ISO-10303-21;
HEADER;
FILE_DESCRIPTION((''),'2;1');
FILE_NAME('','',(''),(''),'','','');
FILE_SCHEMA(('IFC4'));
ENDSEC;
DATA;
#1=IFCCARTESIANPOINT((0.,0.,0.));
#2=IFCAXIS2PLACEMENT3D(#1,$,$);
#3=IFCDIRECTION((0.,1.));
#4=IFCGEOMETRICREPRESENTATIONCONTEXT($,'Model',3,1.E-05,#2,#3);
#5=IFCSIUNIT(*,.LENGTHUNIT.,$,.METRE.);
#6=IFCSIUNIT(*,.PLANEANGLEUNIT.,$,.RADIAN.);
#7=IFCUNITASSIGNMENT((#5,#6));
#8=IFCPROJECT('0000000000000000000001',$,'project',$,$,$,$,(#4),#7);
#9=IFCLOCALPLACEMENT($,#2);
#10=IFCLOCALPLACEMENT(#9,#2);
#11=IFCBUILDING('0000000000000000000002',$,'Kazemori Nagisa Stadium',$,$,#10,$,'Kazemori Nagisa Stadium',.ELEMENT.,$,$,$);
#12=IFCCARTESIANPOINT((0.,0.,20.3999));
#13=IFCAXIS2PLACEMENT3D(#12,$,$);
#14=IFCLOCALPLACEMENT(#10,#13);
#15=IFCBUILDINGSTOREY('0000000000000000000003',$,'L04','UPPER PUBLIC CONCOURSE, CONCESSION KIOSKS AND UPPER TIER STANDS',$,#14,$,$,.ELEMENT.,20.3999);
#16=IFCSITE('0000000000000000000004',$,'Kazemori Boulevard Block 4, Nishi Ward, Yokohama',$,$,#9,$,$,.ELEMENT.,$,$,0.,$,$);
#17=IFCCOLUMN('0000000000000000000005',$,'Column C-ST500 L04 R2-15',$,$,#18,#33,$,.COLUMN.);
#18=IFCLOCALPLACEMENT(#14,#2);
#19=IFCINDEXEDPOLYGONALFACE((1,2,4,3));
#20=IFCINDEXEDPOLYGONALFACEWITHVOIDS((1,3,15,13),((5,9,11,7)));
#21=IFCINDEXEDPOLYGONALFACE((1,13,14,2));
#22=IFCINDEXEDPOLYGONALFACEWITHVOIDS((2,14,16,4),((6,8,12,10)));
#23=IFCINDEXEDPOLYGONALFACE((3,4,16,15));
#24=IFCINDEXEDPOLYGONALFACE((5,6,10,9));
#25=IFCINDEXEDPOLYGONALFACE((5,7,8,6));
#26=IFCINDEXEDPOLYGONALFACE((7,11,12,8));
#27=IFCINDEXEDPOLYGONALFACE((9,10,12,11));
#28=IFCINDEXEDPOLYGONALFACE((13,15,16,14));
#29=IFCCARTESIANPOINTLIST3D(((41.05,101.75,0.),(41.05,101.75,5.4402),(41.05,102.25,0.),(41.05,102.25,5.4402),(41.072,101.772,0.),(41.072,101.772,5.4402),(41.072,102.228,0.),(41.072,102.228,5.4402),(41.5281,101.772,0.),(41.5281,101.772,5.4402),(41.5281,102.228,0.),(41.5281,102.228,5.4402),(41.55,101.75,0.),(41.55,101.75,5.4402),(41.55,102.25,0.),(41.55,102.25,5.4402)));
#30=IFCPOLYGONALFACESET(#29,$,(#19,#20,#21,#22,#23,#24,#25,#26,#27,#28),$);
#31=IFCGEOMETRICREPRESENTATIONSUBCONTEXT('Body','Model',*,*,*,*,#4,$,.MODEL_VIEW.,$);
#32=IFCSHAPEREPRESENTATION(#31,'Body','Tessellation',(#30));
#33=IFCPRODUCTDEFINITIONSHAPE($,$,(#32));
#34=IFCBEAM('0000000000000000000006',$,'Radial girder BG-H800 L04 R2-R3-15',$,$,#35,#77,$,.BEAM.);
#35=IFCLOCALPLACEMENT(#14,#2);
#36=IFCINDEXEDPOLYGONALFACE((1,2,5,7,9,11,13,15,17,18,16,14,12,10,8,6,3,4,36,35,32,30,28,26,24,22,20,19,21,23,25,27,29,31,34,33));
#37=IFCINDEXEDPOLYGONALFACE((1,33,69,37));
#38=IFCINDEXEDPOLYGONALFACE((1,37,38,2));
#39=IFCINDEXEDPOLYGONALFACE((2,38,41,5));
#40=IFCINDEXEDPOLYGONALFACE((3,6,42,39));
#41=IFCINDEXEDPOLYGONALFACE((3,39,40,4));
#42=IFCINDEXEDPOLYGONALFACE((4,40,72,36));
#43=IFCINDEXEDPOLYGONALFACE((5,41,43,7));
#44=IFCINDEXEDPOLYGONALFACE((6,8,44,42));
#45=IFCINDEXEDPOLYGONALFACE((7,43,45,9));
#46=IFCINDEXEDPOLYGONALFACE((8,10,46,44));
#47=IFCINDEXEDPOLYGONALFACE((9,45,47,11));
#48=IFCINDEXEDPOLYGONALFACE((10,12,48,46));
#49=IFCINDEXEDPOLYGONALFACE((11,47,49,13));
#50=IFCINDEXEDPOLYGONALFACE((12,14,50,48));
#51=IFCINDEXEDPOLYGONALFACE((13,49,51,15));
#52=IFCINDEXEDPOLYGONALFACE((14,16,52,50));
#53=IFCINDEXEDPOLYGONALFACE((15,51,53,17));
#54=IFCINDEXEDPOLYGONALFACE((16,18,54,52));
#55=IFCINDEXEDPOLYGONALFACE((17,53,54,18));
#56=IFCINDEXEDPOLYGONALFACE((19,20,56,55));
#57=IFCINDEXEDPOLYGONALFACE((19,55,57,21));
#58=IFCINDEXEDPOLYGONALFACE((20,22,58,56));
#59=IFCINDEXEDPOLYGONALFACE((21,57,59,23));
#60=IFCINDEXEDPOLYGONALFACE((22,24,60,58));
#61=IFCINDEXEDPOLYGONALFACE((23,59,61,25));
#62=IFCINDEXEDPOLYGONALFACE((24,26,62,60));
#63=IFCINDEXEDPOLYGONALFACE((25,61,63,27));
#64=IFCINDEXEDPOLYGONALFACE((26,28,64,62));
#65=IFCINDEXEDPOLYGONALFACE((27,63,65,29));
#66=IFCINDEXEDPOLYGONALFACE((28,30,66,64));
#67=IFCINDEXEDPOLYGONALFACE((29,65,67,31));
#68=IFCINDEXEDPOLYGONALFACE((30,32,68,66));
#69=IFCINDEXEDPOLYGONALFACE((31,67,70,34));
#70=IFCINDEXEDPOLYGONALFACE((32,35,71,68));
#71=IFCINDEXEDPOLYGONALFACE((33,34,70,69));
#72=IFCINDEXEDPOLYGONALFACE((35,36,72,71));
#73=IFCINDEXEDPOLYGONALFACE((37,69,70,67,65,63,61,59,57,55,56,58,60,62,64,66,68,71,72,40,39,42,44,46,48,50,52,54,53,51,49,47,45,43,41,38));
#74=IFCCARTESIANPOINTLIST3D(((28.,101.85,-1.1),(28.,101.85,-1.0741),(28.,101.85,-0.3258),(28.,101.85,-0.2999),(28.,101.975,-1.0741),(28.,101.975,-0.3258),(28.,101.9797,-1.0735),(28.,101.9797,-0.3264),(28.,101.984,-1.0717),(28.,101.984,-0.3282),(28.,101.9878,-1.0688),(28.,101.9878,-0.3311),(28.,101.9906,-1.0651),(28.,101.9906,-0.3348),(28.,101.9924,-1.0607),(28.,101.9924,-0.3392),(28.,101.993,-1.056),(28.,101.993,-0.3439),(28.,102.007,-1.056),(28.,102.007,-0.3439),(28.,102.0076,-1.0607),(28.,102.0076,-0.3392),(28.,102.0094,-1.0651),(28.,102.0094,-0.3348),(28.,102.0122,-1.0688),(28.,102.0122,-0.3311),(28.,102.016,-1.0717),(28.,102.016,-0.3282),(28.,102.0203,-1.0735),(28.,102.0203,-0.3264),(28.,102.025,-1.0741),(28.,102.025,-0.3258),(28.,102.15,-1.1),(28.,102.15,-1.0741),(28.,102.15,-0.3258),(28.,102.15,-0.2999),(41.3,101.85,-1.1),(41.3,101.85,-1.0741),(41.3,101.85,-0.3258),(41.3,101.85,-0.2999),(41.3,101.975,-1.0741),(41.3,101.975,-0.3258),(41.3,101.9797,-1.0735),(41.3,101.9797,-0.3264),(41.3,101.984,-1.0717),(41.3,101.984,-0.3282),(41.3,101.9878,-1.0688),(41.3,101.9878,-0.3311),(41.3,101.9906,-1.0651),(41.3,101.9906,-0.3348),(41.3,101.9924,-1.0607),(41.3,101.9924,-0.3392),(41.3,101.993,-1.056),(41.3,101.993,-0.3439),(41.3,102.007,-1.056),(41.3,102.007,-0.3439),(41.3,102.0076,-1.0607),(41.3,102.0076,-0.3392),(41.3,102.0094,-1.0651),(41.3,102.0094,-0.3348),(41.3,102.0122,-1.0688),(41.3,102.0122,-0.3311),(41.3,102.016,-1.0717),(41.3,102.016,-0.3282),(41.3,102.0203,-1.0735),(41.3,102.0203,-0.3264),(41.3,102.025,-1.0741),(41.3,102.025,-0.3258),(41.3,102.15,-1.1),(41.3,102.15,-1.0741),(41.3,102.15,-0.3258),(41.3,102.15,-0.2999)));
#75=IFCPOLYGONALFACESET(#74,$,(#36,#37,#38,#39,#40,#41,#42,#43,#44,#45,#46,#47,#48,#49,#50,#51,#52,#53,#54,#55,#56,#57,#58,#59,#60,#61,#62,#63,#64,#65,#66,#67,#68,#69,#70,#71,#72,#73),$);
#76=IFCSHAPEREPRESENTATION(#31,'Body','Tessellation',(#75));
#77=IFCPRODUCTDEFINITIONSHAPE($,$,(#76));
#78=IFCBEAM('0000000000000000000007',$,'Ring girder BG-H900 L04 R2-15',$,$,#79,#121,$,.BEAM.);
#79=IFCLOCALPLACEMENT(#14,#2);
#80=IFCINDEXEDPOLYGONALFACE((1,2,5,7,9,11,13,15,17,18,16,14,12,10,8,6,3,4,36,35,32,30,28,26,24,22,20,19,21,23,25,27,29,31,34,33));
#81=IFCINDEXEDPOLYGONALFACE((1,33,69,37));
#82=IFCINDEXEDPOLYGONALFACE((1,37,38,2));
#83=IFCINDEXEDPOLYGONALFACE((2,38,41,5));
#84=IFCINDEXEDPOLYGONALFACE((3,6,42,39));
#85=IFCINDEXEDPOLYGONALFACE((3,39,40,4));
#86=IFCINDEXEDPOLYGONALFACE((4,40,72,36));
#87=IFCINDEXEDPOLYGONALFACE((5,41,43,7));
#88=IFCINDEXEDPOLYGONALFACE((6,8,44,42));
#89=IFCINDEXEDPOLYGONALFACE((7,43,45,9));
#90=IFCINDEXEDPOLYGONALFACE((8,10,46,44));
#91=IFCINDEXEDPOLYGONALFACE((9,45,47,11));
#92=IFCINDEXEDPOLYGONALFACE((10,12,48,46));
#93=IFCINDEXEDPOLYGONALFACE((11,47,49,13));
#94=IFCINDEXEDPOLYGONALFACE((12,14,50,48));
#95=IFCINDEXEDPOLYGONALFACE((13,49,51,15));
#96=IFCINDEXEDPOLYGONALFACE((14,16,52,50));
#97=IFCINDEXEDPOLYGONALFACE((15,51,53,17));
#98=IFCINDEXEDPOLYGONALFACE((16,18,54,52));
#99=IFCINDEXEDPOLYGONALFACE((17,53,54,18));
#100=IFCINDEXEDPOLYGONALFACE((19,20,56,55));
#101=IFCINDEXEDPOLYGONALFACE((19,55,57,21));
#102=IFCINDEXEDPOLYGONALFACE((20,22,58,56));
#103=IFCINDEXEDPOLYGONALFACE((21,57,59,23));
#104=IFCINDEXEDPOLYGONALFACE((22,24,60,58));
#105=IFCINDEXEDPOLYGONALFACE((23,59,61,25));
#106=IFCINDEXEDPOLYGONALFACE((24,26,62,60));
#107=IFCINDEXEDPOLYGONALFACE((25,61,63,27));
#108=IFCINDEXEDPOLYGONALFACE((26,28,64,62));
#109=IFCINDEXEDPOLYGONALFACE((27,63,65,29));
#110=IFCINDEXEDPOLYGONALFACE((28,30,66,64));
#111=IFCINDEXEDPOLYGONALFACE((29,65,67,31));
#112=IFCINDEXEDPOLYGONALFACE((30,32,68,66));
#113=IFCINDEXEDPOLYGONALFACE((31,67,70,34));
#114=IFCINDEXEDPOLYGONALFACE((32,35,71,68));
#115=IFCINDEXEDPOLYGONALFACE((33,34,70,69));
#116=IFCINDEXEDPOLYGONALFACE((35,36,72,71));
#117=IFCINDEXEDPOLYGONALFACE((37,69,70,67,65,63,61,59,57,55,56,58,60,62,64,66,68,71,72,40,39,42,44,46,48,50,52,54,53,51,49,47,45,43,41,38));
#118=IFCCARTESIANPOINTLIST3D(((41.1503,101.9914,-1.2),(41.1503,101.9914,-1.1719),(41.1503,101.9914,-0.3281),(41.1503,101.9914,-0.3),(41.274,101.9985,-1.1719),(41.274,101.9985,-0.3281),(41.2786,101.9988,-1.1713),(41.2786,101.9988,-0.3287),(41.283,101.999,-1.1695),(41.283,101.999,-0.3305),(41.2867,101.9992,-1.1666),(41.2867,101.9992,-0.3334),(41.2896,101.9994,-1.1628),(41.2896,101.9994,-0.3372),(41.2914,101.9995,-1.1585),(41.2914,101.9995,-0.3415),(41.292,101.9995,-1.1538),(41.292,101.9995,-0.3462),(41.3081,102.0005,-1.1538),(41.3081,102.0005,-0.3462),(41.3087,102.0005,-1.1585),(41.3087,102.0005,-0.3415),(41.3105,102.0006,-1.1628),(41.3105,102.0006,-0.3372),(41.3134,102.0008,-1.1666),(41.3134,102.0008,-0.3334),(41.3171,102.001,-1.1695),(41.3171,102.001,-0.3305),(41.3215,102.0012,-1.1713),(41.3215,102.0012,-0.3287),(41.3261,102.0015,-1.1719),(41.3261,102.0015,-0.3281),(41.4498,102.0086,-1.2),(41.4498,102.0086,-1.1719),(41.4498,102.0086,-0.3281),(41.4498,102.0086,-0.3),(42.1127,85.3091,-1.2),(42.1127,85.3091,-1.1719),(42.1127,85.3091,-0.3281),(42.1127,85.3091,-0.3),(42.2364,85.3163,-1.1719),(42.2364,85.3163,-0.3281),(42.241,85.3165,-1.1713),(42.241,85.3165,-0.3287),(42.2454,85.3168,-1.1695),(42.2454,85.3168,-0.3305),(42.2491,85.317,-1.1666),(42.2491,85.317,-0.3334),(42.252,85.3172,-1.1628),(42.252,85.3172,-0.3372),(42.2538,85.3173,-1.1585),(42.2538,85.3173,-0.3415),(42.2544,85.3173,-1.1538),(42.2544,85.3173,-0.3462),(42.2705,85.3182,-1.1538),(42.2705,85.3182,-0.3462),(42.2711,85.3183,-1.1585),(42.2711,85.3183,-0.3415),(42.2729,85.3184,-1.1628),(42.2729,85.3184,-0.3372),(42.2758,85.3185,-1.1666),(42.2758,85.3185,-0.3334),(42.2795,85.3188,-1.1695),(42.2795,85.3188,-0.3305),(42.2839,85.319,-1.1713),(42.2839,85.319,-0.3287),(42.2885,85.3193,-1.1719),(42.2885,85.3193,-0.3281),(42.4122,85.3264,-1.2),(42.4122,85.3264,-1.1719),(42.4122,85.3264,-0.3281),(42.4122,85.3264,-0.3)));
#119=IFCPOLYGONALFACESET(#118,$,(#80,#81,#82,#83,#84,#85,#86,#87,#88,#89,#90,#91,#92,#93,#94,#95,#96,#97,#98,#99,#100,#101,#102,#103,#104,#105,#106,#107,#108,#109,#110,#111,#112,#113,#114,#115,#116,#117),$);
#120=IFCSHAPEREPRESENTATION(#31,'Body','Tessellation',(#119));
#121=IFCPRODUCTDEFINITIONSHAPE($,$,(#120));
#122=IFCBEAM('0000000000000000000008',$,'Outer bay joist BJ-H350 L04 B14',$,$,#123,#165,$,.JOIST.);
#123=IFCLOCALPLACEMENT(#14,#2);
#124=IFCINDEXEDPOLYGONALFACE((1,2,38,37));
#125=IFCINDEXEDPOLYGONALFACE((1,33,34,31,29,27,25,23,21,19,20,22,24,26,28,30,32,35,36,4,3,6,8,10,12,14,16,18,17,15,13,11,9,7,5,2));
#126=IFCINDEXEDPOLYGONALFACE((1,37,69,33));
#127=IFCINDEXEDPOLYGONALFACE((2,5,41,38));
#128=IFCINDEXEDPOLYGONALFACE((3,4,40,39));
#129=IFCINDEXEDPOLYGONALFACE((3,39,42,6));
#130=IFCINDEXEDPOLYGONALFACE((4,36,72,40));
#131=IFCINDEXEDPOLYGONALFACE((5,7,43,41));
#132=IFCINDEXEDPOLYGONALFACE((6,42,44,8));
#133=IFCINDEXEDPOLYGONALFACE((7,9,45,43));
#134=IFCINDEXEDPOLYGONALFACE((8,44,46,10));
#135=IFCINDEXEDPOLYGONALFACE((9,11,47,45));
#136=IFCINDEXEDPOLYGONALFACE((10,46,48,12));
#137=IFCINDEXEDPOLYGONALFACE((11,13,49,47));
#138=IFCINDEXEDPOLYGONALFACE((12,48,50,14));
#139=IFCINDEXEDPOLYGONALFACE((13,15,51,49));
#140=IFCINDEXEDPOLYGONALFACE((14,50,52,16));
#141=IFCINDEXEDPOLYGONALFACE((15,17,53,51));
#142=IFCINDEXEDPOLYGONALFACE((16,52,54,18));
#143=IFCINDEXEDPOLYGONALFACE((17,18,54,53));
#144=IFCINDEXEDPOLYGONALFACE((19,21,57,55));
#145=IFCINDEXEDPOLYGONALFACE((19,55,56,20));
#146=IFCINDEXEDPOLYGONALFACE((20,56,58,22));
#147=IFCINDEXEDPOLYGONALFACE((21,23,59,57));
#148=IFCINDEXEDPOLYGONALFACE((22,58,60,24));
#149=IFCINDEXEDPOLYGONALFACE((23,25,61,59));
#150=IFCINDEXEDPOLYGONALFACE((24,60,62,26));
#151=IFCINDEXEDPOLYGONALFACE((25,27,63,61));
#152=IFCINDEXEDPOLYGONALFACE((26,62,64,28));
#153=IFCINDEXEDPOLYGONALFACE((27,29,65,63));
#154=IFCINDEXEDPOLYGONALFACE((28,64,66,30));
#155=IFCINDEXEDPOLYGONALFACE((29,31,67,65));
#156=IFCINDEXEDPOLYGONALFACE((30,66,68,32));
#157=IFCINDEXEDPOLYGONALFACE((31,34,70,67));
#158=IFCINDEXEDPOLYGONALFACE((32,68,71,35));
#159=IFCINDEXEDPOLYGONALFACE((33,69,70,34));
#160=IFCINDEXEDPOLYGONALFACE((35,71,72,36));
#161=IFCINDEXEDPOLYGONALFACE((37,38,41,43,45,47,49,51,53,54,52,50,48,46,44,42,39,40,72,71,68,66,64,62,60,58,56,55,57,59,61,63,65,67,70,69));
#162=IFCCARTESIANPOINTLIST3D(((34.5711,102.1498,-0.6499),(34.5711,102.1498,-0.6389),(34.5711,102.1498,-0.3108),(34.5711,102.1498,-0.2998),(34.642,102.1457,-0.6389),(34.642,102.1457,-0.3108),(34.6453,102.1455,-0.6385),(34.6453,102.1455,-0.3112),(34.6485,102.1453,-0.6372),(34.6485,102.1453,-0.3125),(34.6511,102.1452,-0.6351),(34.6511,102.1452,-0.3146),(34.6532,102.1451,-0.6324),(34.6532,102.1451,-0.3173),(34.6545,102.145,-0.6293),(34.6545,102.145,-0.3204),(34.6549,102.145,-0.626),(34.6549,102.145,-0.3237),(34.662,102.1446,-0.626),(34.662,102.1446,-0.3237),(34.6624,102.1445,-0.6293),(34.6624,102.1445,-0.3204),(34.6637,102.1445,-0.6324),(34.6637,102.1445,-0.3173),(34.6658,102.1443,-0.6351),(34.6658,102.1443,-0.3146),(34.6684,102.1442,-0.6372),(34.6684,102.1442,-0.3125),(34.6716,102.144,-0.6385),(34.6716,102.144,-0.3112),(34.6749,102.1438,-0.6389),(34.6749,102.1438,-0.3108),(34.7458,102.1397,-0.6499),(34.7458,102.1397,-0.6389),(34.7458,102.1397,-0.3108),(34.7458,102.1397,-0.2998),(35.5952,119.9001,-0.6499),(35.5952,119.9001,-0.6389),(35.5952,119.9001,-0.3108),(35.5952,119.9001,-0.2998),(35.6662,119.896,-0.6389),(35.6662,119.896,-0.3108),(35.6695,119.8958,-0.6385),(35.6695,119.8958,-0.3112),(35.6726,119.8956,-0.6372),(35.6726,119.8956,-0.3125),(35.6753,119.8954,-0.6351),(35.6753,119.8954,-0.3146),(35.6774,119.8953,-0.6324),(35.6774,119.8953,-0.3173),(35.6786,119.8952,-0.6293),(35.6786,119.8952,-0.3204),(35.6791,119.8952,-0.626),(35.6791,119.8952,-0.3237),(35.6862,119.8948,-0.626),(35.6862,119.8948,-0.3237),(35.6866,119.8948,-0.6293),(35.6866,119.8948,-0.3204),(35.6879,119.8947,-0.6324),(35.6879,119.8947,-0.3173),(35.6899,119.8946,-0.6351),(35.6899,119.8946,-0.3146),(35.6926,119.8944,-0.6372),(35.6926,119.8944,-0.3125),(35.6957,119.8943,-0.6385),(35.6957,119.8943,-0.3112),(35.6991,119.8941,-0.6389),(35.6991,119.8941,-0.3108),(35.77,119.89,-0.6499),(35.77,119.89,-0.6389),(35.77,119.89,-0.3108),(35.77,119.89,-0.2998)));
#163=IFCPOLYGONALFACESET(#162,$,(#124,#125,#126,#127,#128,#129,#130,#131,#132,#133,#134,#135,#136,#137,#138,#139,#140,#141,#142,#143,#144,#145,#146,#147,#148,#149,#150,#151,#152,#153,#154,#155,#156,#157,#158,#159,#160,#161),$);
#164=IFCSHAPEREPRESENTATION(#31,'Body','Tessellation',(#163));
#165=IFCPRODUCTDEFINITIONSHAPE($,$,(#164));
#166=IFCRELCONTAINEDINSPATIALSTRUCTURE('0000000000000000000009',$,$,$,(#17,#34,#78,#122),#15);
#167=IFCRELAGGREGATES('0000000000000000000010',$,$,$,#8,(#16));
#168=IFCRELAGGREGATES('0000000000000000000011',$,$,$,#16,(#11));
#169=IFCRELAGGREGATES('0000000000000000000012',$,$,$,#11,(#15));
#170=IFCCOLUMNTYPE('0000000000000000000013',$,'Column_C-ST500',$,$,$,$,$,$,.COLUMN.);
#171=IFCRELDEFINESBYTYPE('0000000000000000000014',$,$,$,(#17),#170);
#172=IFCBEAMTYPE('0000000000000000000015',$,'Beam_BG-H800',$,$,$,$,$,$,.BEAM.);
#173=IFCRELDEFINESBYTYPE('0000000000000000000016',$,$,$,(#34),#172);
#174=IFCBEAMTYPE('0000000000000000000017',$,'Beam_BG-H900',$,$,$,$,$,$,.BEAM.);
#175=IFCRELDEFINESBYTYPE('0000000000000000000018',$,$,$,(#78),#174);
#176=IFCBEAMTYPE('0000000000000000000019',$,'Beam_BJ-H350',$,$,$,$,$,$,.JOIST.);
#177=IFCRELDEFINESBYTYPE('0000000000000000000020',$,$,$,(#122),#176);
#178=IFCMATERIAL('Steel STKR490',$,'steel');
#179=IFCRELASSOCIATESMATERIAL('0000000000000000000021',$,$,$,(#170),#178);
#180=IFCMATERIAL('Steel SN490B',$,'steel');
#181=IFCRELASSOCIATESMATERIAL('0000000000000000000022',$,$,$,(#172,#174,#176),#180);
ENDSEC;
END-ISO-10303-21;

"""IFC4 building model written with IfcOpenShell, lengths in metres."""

from ifc_helpers import new_model, si_unit, direction, frame, origin, origin_2d, place, context, subcontext, project, spatial, hollow_rectangle, i_section, extrude, material, material_profile, profile_set, type_object, element, save


model = new_model("IFC4")

# Units and contexts
model_context = context("Model", 3, precision=1e-05, world=origin(), true_north=direction((0.0, 1.0)))
body_context = subcontext(model_context, "Body", "Model", "MODEL_VIEW")
ifc_project = project(units=[si_unit("LENGTHUNIT", "METRE"), si_unit("PLANEANGLEUNIT", "RADIAN")], contexts=[model_context])

# Site, building, storey
site_placement = place(None, origin())
site = spatial("IfcSite", under=ifc_project, at=site_placement, Name="Kazemori Boulevard Block 4, Nishi Ward, Yokohama", CompositionType="ELEMENT", RefElevation=0.0)
building_placement = place(site_placement, origin())
building = spatial("IfcBuilding", under=site, at=building_placement, Name="Kazemori Nagisa Stadium", LongName="Kazemori Nagisa Stadium", CompositionType="ELEMENT")
storey_placement = place(building_placement, frame((0.0, 0.0, 20.3999)))
storey = spatial("IfcBuildingStorey", under=building, at=storey_placement, Name="L04", Description="UPPER PUBLIC CONCOURSE, CONCESSION KIOSKS AND UPPER TIER STANDS", CompositionType="ELEMENT", Elevation=20.3999)

# Column
ifc_material_1 = material(Name="Steel STKR490", Category="steel")
ifc_material_profile_1 = material_profile(ifc_material_1, hollow_rectangle(XDim=0.5, YDim=0.5, WallThickness=0.022, at=origin_2d()), Name="SHS-500x500x22")
ifc_profile_set_1 = profile_set([ifc_material_profile_1], Name="Steel STKR490")
column_type = type_object("IfcColumnType", Name="Column_C-ST500", PredefinedType="COLUMN", material=ifc_profile_set_1)
column_placement = place(storey_placement, frame((41.3, 102.0, 0.0), z_axis=(0.0, 0.0, 1.0), x_axis=(-1.0, 0.0, 0.0)))
element("IfcColumn", 1, at=column_placement, inside=storey, type_object=column_type, Name="Column C-ST500 L04 R2-15", PredefinedType="COLUMN", context=body_context, shape_type="SweptSolid", body=[
    extrude(hollow_rectangle(XDim=0.5, YDim=0.5, WallThickness=0.022, at=origin_2d()), origin(), (0.0, 0.0, 1.0), 5.4402),
])

# Beams
ifc_material_2 = material(Name="Steel SN490B", Category="steel")
ifc_material_profile_2 = material_profile(ifc_material_2, i_section(OverallWidth=0.3, OverallDepth=0.8, WebThickness=0.0139, FlangeThickness=0.0259, FilletRadius=0.0181, at=origin_2d()), Name="H-800x300x14x26")
ifc_profile_set_2 = profile_set([ifc_material_profile_2], Name="Steel SN490B")
beam_type_1 = type_object("IfcBeamType", Name="Beam_BG-H800", PredefinedType="BEAM", material=ifc_profile_set_2)
beam_1_placement = place(storey_placement, frame((41.3, 102.0, -0.7), z_axis=(-1.0, 0.0, 0.0), x_axis=(0.0, -1.0, 0.0)))
element("IfcBeam", 2, at=beam_1_placement, inside=storey, type_object=beam_type_1, Name="Radial girder BG-H800 L04 R2-R3-15", PredefinedType="BEAM", context=body_context, shape_type="SweptSolid", body=[
    extrude(i_section(OverallWidth=0.3, OverallDepth=0.8, WebThickness=0.0139, FlangeThickness=0.0259, FilletRadius=0.0181, at=origin_2d()), origin(), (0.0, 0.0, 1.0), 13.3),
])
ifc_material_profile_3 = material_profile(ifc_material_2, i_section(OverallWidth=0.3, OverallDepth=0.8999, WebThickness=0.0161, FlangeThickness=0.0281, FilletRadius=0.0181, at=origin_2d()), Name="H-900x300x16x28")
ifc_profile_set_3 = profile_set([ifc_material_profile_3], Name="Steel SN490B")
beam_type_2 = type_object("IfcBeamType", Name="Beam_BG-H900", PredefinedType="BEAM", material=ifc_profile_set_3)
beam_2_placement = place(storey_placement, frame((41.3, 102.0, -0.75), z_axis=(0.057595, -0.99834, 0.0), x_axis=(0.99834, 0.057595, 0.0)))
element("IfcBeam", 3, at=beam_2_placement, inside=storey, type_object=beam_type_2, Name="Ring girder BG-H900 L04 R2-15", PredefinedType="BEAM", context=body_context, shape_type="SweptSolid", body=[
    extrude(i_section(OverallWidth=0.3, OverallDepth=0.8999, WebThickness=0.0161, FlangeThickness=0.0281, FilletRadius=0.0181, at=origin_2d()), origin(), (0.0, 0.0, 1.0), 16.71),
])
ifc_material_profile_4 = material_profile(ifc_material_2, i_section(OverallWidth=0.175, OverallDepth=0.3501, WebThickness=0.0071, FlangeThickness=0.011, FilletRadius=0.0129, at=origin_2d()), Name="H-350x175x7x11")
ifc_profile_set_4 = profile_set([ifc_material_profile_4], Name="Steel SN490B")
beam_type_3 = type_object("IfcBeamType", Name="Beam_BJ-H350", PredefinedType="JOIST", material=ifc_profile_set_4)
beam_3_placement = place(storey_placement, frame((35.6826, 119.895, -0.4749), z_axis=(-0.057603, -0.99834, 0.0), x_axis=(0.99834, -0.057603, 0.0)))
element("IfcBeam", 4, at=beam_3_placement, inside=storey, type_object=beam_type_3, Name="Outer bay joist BJ-H350 L04 B14", PredefinedType="JOIST", context=body_context, shape_type="SweptSolid", body=[
    extrude(i_section(OverallWidth=0.175, OverallDepth=0.3501, WebThickness=0.0071, FlangeThickness=0.011, FilletRadius=0.0129, at=origin_2d()), origin(), (0.0, 0.0, 1.0), 17.7798),
])

save(model, "model.ifc")
